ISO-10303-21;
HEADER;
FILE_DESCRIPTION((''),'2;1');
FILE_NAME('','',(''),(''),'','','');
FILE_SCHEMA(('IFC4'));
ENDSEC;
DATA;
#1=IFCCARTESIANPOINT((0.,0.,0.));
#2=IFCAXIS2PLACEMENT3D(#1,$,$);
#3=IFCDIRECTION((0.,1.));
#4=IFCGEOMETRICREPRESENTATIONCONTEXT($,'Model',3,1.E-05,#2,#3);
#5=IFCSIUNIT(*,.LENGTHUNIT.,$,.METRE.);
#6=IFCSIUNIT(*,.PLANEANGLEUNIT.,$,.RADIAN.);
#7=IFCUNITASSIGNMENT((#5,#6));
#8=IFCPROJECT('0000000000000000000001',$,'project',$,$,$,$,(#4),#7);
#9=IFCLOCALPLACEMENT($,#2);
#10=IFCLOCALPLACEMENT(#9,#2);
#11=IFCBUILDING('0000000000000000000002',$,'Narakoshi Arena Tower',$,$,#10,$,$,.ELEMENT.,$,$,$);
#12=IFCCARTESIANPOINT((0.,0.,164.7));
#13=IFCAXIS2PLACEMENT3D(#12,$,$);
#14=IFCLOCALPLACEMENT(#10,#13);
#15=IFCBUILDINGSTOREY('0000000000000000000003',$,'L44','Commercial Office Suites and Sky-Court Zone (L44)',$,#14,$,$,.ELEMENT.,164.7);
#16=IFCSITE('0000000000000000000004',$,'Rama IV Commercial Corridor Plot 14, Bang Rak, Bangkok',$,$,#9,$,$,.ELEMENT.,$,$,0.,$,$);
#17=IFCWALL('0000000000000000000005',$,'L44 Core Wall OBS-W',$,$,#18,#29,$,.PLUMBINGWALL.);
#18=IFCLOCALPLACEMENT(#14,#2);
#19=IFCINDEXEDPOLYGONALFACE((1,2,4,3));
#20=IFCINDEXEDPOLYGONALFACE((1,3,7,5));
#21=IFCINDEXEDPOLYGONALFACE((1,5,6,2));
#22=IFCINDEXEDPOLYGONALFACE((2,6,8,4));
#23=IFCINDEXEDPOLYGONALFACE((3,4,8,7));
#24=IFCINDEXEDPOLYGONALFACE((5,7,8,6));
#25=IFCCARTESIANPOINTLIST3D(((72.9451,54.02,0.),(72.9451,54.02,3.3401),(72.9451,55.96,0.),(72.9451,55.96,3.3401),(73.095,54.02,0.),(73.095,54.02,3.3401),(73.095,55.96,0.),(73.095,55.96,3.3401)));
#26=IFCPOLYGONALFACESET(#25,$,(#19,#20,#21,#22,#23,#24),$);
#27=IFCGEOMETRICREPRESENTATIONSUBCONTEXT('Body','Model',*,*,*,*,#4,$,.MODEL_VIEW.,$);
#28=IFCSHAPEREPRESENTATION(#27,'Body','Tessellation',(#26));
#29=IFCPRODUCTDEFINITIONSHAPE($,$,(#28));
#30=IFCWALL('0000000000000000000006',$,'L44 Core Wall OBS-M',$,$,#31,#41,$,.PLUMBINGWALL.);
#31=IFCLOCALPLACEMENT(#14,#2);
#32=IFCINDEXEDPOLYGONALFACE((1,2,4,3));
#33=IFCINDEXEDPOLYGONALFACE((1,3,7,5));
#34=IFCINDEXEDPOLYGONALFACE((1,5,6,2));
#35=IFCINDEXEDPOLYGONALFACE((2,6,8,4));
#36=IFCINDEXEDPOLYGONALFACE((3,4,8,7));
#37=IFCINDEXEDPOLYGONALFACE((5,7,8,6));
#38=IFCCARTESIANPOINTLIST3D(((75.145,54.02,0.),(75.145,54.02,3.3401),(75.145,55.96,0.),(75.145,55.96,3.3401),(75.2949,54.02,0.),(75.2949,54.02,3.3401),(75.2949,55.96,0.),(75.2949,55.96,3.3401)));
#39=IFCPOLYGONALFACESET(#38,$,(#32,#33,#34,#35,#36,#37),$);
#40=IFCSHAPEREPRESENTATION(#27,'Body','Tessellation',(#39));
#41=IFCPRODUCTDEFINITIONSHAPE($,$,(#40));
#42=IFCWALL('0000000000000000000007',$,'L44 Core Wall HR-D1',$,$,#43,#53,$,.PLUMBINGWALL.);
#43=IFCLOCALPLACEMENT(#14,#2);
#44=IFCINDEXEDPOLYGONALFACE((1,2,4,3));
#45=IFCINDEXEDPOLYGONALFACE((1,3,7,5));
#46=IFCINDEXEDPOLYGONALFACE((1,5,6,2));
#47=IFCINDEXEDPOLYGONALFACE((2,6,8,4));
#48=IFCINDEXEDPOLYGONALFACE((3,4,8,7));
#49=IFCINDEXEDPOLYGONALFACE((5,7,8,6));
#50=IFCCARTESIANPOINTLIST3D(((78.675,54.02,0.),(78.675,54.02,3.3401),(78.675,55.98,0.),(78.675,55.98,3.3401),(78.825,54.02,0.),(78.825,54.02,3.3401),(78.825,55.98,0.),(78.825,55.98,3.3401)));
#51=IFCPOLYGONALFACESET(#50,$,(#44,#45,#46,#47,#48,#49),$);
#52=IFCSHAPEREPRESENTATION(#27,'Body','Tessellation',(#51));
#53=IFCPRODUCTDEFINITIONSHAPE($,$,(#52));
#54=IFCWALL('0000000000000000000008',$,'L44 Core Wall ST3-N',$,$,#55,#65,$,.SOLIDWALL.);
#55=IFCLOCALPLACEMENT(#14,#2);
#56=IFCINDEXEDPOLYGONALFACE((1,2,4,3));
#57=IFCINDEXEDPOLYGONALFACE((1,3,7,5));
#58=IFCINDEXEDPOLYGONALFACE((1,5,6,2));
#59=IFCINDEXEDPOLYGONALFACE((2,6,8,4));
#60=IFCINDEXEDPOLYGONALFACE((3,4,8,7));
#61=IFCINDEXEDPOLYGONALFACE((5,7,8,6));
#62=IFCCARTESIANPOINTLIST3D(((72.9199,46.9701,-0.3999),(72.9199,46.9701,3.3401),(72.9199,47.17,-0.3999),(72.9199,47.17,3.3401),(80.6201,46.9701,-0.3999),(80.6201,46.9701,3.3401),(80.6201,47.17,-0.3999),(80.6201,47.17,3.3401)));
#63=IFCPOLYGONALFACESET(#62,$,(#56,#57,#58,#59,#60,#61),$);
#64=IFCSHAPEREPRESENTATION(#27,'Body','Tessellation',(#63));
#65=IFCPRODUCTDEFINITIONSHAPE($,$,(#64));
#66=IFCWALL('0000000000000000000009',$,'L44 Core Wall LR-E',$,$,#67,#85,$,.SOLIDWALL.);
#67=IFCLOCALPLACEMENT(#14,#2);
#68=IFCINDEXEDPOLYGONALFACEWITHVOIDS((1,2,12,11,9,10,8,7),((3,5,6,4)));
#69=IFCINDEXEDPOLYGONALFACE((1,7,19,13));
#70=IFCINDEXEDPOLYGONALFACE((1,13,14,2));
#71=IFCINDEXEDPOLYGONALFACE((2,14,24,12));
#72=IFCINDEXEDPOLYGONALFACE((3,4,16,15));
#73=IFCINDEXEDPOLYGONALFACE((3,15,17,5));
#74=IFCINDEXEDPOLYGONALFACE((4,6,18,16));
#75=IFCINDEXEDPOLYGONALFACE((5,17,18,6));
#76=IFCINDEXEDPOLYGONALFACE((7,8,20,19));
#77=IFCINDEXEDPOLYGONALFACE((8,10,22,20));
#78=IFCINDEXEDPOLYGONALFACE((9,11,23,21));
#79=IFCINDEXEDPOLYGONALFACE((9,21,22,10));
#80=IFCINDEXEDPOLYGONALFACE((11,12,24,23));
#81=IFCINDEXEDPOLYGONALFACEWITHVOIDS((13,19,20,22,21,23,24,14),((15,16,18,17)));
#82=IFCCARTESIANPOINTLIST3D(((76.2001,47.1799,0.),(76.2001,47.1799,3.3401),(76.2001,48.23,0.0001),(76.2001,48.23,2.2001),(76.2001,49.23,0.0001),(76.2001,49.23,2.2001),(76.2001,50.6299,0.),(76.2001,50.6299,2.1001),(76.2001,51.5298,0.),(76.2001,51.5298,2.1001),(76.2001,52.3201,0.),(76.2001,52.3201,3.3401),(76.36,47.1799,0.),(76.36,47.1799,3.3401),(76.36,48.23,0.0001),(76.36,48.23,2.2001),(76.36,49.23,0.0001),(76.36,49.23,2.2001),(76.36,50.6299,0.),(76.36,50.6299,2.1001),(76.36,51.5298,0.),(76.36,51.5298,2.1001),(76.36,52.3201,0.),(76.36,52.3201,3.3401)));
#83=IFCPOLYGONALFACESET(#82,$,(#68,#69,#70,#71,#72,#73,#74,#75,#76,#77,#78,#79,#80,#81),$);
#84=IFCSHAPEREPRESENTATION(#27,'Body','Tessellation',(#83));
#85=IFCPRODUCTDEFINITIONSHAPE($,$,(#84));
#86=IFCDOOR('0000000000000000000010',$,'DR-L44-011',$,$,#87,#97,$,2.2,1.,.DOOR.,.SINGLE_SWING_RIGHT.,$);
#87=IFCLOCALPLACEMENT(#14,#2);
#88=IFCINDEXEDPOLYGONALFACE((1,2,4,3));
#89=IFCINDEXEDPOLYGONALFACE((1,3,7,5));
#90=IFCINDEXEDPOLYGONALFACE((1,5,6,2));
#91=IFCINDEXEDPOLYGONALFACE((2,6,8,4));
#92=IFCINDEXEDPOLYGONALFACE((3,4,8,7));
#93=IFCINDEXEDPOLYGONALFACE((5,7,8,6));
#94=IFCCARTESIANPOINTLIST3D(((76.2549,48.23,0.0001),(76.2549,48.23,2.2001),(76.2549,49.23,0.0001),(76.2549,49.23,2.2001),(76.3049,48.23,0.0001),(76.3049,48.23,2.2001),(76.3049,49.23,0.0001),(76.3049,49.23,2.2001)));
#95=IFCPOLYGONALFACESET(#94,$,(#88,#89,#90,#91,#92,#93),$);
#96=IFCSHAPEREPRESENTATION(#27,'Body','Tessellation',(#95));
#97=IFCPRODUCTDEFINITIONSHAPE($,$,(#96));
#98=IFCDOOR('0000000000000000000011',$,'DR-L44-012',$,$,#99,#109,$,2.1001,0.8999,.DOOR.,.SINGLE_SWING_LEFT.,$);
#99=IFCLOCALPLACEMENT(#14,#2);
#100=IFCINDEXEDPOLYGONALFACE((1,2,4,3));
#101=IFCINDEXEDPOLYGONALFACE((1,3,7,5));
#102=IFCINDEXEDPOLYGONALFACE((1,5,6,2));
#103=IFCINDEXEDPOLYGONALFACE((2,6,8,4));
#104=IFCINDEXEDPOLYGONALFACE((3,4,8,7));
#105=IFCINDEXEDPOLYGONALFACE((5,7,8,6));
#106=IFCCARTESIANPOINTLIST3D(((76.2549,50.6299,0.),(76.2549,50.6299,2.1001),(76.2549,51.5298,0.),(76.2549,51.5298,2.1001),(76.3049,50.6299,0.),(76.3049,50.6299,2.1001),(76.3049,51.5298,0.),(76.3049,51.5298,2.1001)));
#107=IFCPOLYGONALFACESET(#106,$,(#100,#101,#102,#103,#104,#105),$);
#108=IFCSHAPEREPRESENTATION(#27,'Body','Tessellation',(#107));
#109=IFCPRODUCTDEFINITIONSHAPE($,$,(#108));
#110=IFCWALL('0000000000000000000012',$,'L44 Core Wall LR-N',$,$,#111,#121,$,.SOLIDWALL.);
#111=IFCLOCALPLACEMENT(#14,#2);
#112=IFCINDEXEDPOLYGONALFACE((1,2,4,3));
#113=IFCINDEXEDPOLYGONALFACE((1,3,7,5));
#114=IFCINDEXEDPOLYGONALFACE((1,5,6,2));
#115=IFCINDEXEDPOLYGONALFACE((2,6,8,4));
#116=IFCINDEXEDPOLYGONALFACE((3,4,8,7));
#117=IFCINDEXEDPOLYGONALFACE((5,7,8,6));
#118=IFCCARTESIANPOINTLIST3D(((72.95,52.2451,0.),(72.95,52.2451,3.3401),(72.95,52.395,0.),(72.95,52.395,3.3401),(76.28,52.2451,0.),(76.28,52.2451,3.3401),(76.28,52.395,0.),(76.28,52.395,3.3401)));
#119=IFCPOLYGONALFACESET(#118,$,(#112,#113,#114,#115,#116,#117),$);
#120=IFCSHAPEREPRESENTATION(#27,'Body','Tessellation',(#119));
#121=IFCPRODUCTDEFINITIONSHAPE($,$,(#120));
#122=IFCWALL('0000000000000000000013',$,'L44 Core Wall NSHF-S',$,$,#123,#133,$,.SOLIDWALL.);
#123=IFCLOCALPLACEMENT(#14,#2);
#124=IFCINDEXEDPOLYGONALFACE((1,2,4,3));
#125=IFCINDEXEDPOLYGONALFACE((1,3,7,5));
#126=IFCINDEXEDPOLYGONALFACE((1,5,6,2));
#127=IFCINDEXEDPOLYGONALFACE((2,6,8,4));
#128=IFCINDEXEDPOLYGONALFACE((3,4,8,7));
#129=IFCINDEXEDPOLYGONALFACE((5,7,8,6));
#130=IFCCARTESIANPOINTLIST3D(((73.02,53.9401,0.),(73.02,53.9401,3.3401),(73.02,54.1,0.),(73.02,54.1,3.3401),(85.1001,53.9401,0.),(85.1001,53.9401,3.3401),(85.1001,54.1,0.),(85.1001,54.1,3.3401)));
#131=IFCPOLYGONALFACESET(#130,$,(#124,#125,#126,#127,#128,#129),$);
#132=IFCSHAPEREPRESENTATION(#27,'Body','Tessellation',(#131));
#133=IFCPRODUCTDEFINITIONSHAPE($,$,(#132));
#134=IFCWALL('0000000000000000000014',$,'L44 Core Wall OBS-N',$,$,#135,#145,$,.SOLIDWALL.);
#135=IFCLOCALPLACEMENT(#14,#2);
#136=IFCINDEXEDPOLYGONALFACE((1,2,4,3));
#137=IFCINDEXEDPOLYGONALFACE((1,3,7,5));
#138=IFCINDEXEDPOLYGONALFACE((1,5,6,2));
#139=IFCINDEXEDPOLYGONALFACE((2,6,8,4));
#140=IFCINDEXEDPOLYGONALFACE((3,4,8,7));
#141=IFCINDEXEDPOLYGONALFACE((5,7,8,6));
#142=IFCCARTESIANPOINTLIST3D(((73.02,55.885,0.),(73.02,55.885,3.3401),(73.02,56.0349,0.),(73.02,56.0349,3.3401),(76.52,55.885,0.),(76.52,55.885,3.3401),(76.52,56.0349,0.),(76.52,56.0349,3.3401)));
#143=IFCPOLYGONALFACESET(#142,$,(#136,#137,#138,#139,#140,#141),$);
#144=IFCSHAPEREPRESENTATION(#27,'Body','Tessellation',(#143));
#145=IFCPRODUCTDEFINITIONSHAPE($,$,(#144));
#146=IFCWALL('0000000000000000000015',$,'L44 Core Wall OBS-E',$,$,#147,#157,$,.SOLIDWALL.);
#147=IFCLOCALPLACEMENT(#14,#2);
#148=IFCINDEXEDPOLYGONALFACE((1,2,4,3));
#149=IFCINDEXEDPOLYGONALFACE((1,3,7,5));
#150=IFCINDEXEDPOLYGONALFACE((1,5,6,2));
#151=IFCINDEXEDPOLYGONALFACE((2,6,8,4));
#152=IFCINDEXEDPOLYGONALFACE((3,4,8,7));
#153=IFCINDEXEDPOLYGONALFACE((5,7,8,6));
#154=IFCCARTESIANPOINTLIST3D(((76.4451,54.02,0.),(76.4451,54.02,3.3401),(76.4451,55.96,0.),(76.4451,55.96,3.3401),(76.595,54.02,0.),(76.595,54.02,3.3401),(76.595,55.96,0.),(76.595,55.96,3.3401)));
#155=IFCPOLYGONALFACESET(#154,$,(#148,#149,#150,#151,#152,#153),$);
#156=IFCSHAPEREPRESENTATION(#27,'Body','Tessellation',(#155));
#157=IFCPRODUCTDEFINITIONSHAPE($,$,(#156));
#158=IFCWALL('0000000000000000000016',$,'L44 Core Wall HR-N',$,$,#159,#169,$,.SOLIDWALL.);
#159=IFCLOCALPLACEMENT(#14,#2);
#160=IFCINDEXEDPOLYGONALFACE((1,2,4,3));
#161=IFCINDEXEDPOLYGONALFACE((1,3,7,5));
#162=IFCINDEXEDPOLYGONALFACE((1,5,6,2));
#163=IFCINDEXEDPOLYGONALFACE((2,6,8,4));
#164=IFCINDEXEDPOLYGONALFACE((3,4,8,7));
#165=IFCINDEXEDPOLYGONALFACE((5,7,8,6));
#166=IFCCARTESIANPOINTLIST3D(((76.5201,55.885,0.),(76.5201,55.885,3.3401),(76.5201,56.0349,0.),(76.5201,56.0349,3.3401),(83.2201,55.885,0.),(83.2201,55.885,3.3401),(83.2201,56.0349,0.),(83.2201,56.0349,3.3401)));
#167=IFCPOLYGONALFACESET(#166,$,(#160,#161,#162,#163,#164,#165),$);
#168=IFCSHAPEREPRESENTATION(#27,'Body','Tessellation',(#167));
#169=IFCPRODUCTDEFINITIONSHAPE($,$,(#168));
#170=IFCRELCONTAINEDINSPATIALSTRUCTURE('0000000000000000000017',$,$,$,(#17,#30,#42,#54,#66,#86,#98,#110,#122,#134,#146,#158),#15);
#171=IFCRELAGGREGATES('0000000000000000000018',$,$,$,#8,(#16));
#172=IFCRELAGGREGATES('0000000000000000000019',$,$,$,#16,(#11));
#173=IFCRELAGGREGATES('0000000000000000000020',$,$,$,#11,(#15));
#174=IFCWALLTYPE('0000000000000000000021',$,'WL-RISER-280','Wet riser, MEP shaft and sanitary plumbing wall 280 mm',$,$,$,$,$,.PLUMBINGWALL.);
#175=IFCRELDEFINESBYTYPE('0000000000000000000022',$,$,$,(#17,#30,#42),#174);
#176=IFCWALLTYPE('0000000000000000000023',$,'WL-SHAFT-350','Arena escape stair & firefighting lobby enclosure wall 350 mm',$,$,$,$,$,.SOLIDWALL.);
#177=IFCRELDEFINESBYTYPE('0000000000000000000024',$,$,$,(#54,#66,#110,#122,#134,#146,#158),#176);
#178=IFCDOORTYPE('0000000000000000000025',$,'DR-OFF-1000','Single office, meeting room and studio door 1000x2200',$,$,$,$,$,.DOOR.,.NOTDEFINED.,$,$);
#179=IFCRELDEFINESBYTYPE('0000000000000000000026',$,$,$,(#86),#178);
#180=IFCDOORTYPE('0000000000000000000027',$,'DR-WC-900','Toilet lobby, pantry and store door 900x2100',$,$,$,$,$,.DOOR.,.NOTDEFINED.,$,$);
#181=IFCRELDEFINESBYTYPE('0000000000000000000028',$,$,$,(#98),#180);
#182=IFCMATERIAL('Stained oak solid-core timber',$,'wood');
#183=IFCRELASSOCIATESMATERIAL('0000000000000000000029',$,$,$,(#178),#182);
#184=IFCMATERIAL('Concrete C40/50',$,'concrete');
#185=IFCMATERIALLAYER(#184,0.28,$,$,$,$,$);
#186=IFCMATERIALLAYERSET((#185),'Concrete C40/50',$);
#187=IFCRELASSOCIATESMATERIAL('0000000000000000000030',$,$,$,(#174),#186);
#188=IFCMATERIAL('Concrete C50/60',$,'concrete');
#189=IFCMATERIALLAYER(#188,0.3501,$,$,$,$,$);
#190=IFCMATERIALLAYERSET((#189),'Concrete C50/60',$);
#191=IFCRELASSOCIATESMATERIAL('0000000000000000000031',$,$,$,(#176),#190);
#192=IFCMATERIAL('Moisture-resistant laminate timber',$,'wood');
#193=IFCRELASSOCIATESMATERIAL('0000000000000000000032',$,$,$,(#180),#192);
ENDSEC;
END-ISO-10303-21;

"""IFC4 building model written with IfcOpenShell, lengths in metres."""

from ifc_helpers import new_model, si_unit, direction, frame, frame_2d, origin, place, context, subcontext, project, spatial, rectangle, extrude, material, layer, layer_set, type_object, element, fill, save


model = new_model("IFC4")

# Units and contexts
model_context = context("Model", 3, precision=1e-05, world=origin(), true_north=direction((0.0, 1.0)))
body_context = subcontext(model_context, "Body", "Model", "MODEL_VIEW")
ifc_project = project(units=[si_unit("LENGTHUNIT", "METRE"), si_unit("PLANEANGLEUNIT", "RADIAN")], contexts=[model_context])

# Site, building, storey
site_placement = place(None, origin())
site = spatial("IfcSite", under=ifc_project, at=site_placement, Name="Rama IV Commercial Corridor Plot 14, Bang Rak, Bangkok", CompositionType="ELEMENT", RefElevation=0.0)
building_placement = place(site_placement, origin())
building = spatial("IfcBuilding", under=site, at=building_placement, Name="Narakoshi Arena Tower", CompositionType="ELEMENT")
storey_placement = place(building_placement, frame((0.0, 0.0, 164.7)))
storey = spatial("IfcBuildingStorey", under=building, at=storey_placement, Name="L44", Description="Commercial Office Suites and Sky-Court Zone (L44)", CompositionType="ELEMENT", Elevation=164.7)

# Shared definitions
ifc_material_1 = material(Name="Stained oak solid-core timber", Category="wood")
door_type_1 = type_object("IfcDoorType", Name="DR-OFF-1000", Description="Single office, meeting room and studio door 1000x2200", OperationType="NOTDEFINED", PredefinedType="DOOR", material=ifc_material_1)

# Walls
ifc_material_2 = material(Name="Concrete C40/50", Category="concrete")
ifc_layer_1 = layer(ifc_material_2, 0.28)
ifc_layer_set_1 = layer_set([ifc_layer_1], Name="Concrete C40/50")
wall_type_1 = type_object("IfcWallType", Name="WL-RISER-280", Description="Wet riser, MEP shaft and sanitary plumbing wall 280 mm", PredefinedType="PLUMBINGWALL", material=ifc_layer_set_1)
for number, where, z_axis, x_axis, name in (
    (1, (73.02, 54.02, 0.0), (0.0, 0.0, 1.0), (0.0, 1.0, 0.0), "L44 Core Wall OBS-W"),
    (2, (75.22, 54.02, 0.0), (0.0, 0.0, 1.0), (0.0, 1.0, 0.0), "L44 Core Wall OBS-M"),
):
    element("IfcWall", number, at=place(storey_placement, frame(where, z_axis=z_axis, x_axis=x_axis)), inside=storey, type_object=wall_type_1, Name=name, PredefinedType="PLUMBINGWALL", context=body_context, shape_type="SweptSolid", body=[
        extrude(rectangle(XDim=1.9399, YDim=0.1499, at=frame_2d((0.97, 0.0))), origin(), (0.0, 0.0, 1.0), 3.3401),
    ])
wall_1_placement = place(storey_placement, frame((78.75, 54.02, 0.0), z_axis=(0.0, 0.0, 1.0), x_axis=(0.0, 1.0, 0.0)))
element("IfcWall", 3, at=wall_1_placement, inside=storey, type_object=wall_type_1, Name="L44 Core Wall HR-D1", PredefinedType="PLUMBINGWALL", context=body_context, shape_type="SweptSolid", body=[
    extrude(rectangle(XDim=1.96, YDim=0.1499, at=frame_2d((0.98, 0.0))), origin(), (0.0, 0.0, 1.0), 3.3401),
])
ifc_material_3 = material(Name="Concrete C50/60", Category="concrete")
ifc_layer_2 = layer(ifc_material_3, 0.3501)
ifc_layer_set_2 = layer_set([ifc_layer_2], Name="Concrete C50/60")
wall_type_2 = type_object("IfcWallType", Name="WL-SHAFT-350", Description="Arena escape stair & firefighting lobby enclosure wall 350 mm", PredefinedType="SOLIDWALL", material=ifc_layer_set_2)
wall_2_placement = place(storey_placement, frame((72.9199, 47.0701, -0.3999), z_axis=(0.0, 0.0, 1.0), x_axis=(1.0, 0.0, 0.0)))
element("IfcWall", 4, at=wall_2_placement, inside=storey, type_object=wall_type_2, Name="L44 Core Wall ST3-N", PredefinedType="SOLIDWALL", context=body_context, shape_type="SweptSolid", body=[
    extrude(rectangle(XDim=7.7002, YDim=0.2, at=frame_2d((3.8501, 0.0))), origin(), (0.0, 0.0, 1.0), 3.74),
])

# Wall, openings, doors
wall_3_placement = place(storey_placement, frame((76.28, 47.1799, 0.0), z_axis=(0.0, 0.0, 1.0), x_axis=(0.0, 1.0, 0.0)))
wall_3 = element("IfcWall", 5, at=wall_3_placement, inside=storey, type_object=wall_type_2, Name="L44 Core Wall LR-E", PredefinedType="SOLIDWALL", context=body_context, shape_type="SweptSolid", body=[
    extrude(rectangle(XDim=5.1401, YDim=0.1599, at=frame_2d((2.5701, 0.0))), origin(), (0.0, 0.0, 1.0), 3.3401),
])
opening_1_placement = place(wall_3_placement, frame((1.05, 0.0, 0.0)))
opening_1 = element("IfcOpeningElement", 6, at=opening_1_placement, cuts=wall_3, PredefinedType="OPENING", context=body_context, shape_type="SweptSolid", body=[
    extrude(rectangle(XDim=1.0, YDim=2.2, at=frame_2d((0.5, 1.1001))), frame((0.0, 0.0898, 0.0), z_axis=(0.0, -1.0, 0.0), x_axis=(1.0, 0.0, 0.0)), (0.0, 0.0, 1.0), 0.1799),
])
opening_2_placement = place(wall_3_placement, frame((3.45, 0.0, 0.0)))
opening_2 = element("IfcOpeningElement", 7, at=opening_2_placement, cuts=wall_3, PredefinedType="OPENING", context=body_context, shape_type="SweptSolid", body=[
    extrude(rectangle(XDim=0.8999, YDim=2.1001, at=frame_2d((0.45, 1.05))), frame((0.0, 0.0898, 0.0), z_axis=(0.0, -1.0, 0.0), x_axis=(1.0, 0.0, 0.0)), (0.0, 0.0, 1.0), 0.1799),
])
door_1_placement = place(opening_1_placement, frame((1.0, 0.0, 0.0), z_axis=(0.0, 0.0, 1.0), x_axis=(-1.0, 0.0, 0.0)))
door_1 = element("IfcDoor", 8, at=door_1_placement, inside=storey, type_object=door_type_1, Name="DR-L44-011", OperationType="SINGLE_SWING_RIGHT", OverallHeight=2.2, OverallWidth=1.0, PredefinedType="DOOR", context=body_context, shape_type="SweptSolid", body=[
    extrude(rectangle(XDim=1.0, YDim=2.2, at=frame_2d((0.5, 1.1001))), frame((0.0, 0.0249, 0.0), z_axis=(0.0, -1.0, 0.0), x_axis=(1.0, 0.0, 0.0)), (0.0, 0.0, 1.0), 0.05),
])
fill(opening_1, door_1)
ifc_material_4 = material(Name="Moisture-resistant laminate timber", Category="wood")
door_type_2 = type_object("IfcDoorType", Name="DR-WC-900", Description="Toilet lobby, pantry and store door 900x2100", OperationType="NOTDEFINED", PredefinedType="DOOR", material=ifc_material_4)
door_2_placement = place(opening_2_placement, frame((0.8999, 0.0, 0.0), z_axis=(0.0, 0.0, 1.0), x_axis=(-1.0, 0.0, 0.0)))
door_2 = element("IfcDoor", 9, at=door_2_placement, inside=storey, type_object=door_type_2, Name="DR-L44-012", OperationType="SINGLE_SWING_LEFT", OverallHeight=2.1001, OverallWidth=0.8999, PredefinedType="DOOR", context=body_context, shape_type="SweptSolid", body=[
    extrude(rectangle(XDim=0.8999, YDim=2.1001, at=frame_2d((0.45, 1.05))), frame((0.0, 0.0249, 0.0), z_axis=(0.0, -1.0, 0.0), x_axis=(1.0, 0.0, 0.0)), (0.0, 0.0, 1.0), 0.05),
])
fill(opening_2, door_2)

# Walls
wall_4_placement = place(storey_placement, frame((72.95, 52.3201, 0.0), z_axis=(0.0, 0.0, 1.0), x_axis=(1.0, 0.0, 0.0)))
element("IfcWall", 10, at=wall_4_placement, inside=storey, type_object=wall_type_2, Name="L44 Core Wall LR-N", PredefinedType="SOLIDWALL", context=body_context, shape_type="SweptSolid", body=[
    extrude(rectangle(XDim=3.3301, YDim=0.1499, at=frame_2d((1.665, 0.0))), origin(), (0.0, 0.0, 1.0), 3.3401),
])
wall_5_placement = place(storey_placement, frame((73.02, 54.02, 0.0), z_axis=(0.0, 0.0, 1.0), x_axis=(1.0, 0.0, 0.0)))
element("IfcWall", 11, at=wall_5_placement, inside=storey, type_object=wall_type_2, Name="L44 Core Wall NSHF-S", PredefinedType="SOLIDWALL", context=body_context, shape_type="SweptSolid", body=[
    extrude(rectangle(XDim=12.0801, YDim=0.1599, at=frame_2d((6.04, 0.0))), origin(), (0.0, 0.0, 1.0), 3.3401),
])
wall_6_placement = place(storey_placement, frame((73.02, 55.96, 0.0), z_axis=(0.0, 0.0, 1.0), x_axis=(1.0, 0.0, 0.0)))
element("IfcWall", 12, at=wall_6_placement, inside=storey, type_object=wall_type_2, Name="L44 Core Wall OBS-N", PredefinedType="SOLIDWALL", context=body_context, shape_type="SweptSolid", body=[
    extrude(rectangle(XDim=3.5, YDim=0.1499, at=frame_2d((1.75, 0.0))), origin(), (0.0, 0.0, 1.0), 3.3401),
])
wall_7_placement = place(storey_placement, frame((76.52, 54.02, 0.0), z_axis=(0.0, 0.0, 1.0), x_axis=(0.0, 1.0, 0.0)))
element("IfcWall", 13, at=wall_7_placement, inside=storey, type_object=wall_type_2, Name="L44 Core Wall OBS-E", PredefinedType="SOLIDWALL", context=body_context, shape_type="SweptSolid", body=[
    extrude(rectangle(XDim=1.9399, YDim=0.1499, at=frame_2d((0.97, 0.0))), origin(), (0.0, 0.0, 1.0), 3.3401),
])
wall_8_placement = place(storey_placement, frame((76.52, 55.96, 0.0), z_axis=(0.0, 0.0, 1.0), x_axis=(1.0, 0.0, 0.0)))
element("IfcWall", 14, at=wall_8_placement, inside=storey, type_object=wall_type_2, Name="L44 Core Wall HR-N", PredefinedType="SOLIDWALL", context=body_context, shape_type="SweptSolid", body=[
    extrude(rectangle(XDim=6.7, YDim=0.1499, at=frame_2d((3.3501, 0.0))), origin(), (0.0, 0.0, 1.0), 3.3401),
])

save(model, "model.ifc")
